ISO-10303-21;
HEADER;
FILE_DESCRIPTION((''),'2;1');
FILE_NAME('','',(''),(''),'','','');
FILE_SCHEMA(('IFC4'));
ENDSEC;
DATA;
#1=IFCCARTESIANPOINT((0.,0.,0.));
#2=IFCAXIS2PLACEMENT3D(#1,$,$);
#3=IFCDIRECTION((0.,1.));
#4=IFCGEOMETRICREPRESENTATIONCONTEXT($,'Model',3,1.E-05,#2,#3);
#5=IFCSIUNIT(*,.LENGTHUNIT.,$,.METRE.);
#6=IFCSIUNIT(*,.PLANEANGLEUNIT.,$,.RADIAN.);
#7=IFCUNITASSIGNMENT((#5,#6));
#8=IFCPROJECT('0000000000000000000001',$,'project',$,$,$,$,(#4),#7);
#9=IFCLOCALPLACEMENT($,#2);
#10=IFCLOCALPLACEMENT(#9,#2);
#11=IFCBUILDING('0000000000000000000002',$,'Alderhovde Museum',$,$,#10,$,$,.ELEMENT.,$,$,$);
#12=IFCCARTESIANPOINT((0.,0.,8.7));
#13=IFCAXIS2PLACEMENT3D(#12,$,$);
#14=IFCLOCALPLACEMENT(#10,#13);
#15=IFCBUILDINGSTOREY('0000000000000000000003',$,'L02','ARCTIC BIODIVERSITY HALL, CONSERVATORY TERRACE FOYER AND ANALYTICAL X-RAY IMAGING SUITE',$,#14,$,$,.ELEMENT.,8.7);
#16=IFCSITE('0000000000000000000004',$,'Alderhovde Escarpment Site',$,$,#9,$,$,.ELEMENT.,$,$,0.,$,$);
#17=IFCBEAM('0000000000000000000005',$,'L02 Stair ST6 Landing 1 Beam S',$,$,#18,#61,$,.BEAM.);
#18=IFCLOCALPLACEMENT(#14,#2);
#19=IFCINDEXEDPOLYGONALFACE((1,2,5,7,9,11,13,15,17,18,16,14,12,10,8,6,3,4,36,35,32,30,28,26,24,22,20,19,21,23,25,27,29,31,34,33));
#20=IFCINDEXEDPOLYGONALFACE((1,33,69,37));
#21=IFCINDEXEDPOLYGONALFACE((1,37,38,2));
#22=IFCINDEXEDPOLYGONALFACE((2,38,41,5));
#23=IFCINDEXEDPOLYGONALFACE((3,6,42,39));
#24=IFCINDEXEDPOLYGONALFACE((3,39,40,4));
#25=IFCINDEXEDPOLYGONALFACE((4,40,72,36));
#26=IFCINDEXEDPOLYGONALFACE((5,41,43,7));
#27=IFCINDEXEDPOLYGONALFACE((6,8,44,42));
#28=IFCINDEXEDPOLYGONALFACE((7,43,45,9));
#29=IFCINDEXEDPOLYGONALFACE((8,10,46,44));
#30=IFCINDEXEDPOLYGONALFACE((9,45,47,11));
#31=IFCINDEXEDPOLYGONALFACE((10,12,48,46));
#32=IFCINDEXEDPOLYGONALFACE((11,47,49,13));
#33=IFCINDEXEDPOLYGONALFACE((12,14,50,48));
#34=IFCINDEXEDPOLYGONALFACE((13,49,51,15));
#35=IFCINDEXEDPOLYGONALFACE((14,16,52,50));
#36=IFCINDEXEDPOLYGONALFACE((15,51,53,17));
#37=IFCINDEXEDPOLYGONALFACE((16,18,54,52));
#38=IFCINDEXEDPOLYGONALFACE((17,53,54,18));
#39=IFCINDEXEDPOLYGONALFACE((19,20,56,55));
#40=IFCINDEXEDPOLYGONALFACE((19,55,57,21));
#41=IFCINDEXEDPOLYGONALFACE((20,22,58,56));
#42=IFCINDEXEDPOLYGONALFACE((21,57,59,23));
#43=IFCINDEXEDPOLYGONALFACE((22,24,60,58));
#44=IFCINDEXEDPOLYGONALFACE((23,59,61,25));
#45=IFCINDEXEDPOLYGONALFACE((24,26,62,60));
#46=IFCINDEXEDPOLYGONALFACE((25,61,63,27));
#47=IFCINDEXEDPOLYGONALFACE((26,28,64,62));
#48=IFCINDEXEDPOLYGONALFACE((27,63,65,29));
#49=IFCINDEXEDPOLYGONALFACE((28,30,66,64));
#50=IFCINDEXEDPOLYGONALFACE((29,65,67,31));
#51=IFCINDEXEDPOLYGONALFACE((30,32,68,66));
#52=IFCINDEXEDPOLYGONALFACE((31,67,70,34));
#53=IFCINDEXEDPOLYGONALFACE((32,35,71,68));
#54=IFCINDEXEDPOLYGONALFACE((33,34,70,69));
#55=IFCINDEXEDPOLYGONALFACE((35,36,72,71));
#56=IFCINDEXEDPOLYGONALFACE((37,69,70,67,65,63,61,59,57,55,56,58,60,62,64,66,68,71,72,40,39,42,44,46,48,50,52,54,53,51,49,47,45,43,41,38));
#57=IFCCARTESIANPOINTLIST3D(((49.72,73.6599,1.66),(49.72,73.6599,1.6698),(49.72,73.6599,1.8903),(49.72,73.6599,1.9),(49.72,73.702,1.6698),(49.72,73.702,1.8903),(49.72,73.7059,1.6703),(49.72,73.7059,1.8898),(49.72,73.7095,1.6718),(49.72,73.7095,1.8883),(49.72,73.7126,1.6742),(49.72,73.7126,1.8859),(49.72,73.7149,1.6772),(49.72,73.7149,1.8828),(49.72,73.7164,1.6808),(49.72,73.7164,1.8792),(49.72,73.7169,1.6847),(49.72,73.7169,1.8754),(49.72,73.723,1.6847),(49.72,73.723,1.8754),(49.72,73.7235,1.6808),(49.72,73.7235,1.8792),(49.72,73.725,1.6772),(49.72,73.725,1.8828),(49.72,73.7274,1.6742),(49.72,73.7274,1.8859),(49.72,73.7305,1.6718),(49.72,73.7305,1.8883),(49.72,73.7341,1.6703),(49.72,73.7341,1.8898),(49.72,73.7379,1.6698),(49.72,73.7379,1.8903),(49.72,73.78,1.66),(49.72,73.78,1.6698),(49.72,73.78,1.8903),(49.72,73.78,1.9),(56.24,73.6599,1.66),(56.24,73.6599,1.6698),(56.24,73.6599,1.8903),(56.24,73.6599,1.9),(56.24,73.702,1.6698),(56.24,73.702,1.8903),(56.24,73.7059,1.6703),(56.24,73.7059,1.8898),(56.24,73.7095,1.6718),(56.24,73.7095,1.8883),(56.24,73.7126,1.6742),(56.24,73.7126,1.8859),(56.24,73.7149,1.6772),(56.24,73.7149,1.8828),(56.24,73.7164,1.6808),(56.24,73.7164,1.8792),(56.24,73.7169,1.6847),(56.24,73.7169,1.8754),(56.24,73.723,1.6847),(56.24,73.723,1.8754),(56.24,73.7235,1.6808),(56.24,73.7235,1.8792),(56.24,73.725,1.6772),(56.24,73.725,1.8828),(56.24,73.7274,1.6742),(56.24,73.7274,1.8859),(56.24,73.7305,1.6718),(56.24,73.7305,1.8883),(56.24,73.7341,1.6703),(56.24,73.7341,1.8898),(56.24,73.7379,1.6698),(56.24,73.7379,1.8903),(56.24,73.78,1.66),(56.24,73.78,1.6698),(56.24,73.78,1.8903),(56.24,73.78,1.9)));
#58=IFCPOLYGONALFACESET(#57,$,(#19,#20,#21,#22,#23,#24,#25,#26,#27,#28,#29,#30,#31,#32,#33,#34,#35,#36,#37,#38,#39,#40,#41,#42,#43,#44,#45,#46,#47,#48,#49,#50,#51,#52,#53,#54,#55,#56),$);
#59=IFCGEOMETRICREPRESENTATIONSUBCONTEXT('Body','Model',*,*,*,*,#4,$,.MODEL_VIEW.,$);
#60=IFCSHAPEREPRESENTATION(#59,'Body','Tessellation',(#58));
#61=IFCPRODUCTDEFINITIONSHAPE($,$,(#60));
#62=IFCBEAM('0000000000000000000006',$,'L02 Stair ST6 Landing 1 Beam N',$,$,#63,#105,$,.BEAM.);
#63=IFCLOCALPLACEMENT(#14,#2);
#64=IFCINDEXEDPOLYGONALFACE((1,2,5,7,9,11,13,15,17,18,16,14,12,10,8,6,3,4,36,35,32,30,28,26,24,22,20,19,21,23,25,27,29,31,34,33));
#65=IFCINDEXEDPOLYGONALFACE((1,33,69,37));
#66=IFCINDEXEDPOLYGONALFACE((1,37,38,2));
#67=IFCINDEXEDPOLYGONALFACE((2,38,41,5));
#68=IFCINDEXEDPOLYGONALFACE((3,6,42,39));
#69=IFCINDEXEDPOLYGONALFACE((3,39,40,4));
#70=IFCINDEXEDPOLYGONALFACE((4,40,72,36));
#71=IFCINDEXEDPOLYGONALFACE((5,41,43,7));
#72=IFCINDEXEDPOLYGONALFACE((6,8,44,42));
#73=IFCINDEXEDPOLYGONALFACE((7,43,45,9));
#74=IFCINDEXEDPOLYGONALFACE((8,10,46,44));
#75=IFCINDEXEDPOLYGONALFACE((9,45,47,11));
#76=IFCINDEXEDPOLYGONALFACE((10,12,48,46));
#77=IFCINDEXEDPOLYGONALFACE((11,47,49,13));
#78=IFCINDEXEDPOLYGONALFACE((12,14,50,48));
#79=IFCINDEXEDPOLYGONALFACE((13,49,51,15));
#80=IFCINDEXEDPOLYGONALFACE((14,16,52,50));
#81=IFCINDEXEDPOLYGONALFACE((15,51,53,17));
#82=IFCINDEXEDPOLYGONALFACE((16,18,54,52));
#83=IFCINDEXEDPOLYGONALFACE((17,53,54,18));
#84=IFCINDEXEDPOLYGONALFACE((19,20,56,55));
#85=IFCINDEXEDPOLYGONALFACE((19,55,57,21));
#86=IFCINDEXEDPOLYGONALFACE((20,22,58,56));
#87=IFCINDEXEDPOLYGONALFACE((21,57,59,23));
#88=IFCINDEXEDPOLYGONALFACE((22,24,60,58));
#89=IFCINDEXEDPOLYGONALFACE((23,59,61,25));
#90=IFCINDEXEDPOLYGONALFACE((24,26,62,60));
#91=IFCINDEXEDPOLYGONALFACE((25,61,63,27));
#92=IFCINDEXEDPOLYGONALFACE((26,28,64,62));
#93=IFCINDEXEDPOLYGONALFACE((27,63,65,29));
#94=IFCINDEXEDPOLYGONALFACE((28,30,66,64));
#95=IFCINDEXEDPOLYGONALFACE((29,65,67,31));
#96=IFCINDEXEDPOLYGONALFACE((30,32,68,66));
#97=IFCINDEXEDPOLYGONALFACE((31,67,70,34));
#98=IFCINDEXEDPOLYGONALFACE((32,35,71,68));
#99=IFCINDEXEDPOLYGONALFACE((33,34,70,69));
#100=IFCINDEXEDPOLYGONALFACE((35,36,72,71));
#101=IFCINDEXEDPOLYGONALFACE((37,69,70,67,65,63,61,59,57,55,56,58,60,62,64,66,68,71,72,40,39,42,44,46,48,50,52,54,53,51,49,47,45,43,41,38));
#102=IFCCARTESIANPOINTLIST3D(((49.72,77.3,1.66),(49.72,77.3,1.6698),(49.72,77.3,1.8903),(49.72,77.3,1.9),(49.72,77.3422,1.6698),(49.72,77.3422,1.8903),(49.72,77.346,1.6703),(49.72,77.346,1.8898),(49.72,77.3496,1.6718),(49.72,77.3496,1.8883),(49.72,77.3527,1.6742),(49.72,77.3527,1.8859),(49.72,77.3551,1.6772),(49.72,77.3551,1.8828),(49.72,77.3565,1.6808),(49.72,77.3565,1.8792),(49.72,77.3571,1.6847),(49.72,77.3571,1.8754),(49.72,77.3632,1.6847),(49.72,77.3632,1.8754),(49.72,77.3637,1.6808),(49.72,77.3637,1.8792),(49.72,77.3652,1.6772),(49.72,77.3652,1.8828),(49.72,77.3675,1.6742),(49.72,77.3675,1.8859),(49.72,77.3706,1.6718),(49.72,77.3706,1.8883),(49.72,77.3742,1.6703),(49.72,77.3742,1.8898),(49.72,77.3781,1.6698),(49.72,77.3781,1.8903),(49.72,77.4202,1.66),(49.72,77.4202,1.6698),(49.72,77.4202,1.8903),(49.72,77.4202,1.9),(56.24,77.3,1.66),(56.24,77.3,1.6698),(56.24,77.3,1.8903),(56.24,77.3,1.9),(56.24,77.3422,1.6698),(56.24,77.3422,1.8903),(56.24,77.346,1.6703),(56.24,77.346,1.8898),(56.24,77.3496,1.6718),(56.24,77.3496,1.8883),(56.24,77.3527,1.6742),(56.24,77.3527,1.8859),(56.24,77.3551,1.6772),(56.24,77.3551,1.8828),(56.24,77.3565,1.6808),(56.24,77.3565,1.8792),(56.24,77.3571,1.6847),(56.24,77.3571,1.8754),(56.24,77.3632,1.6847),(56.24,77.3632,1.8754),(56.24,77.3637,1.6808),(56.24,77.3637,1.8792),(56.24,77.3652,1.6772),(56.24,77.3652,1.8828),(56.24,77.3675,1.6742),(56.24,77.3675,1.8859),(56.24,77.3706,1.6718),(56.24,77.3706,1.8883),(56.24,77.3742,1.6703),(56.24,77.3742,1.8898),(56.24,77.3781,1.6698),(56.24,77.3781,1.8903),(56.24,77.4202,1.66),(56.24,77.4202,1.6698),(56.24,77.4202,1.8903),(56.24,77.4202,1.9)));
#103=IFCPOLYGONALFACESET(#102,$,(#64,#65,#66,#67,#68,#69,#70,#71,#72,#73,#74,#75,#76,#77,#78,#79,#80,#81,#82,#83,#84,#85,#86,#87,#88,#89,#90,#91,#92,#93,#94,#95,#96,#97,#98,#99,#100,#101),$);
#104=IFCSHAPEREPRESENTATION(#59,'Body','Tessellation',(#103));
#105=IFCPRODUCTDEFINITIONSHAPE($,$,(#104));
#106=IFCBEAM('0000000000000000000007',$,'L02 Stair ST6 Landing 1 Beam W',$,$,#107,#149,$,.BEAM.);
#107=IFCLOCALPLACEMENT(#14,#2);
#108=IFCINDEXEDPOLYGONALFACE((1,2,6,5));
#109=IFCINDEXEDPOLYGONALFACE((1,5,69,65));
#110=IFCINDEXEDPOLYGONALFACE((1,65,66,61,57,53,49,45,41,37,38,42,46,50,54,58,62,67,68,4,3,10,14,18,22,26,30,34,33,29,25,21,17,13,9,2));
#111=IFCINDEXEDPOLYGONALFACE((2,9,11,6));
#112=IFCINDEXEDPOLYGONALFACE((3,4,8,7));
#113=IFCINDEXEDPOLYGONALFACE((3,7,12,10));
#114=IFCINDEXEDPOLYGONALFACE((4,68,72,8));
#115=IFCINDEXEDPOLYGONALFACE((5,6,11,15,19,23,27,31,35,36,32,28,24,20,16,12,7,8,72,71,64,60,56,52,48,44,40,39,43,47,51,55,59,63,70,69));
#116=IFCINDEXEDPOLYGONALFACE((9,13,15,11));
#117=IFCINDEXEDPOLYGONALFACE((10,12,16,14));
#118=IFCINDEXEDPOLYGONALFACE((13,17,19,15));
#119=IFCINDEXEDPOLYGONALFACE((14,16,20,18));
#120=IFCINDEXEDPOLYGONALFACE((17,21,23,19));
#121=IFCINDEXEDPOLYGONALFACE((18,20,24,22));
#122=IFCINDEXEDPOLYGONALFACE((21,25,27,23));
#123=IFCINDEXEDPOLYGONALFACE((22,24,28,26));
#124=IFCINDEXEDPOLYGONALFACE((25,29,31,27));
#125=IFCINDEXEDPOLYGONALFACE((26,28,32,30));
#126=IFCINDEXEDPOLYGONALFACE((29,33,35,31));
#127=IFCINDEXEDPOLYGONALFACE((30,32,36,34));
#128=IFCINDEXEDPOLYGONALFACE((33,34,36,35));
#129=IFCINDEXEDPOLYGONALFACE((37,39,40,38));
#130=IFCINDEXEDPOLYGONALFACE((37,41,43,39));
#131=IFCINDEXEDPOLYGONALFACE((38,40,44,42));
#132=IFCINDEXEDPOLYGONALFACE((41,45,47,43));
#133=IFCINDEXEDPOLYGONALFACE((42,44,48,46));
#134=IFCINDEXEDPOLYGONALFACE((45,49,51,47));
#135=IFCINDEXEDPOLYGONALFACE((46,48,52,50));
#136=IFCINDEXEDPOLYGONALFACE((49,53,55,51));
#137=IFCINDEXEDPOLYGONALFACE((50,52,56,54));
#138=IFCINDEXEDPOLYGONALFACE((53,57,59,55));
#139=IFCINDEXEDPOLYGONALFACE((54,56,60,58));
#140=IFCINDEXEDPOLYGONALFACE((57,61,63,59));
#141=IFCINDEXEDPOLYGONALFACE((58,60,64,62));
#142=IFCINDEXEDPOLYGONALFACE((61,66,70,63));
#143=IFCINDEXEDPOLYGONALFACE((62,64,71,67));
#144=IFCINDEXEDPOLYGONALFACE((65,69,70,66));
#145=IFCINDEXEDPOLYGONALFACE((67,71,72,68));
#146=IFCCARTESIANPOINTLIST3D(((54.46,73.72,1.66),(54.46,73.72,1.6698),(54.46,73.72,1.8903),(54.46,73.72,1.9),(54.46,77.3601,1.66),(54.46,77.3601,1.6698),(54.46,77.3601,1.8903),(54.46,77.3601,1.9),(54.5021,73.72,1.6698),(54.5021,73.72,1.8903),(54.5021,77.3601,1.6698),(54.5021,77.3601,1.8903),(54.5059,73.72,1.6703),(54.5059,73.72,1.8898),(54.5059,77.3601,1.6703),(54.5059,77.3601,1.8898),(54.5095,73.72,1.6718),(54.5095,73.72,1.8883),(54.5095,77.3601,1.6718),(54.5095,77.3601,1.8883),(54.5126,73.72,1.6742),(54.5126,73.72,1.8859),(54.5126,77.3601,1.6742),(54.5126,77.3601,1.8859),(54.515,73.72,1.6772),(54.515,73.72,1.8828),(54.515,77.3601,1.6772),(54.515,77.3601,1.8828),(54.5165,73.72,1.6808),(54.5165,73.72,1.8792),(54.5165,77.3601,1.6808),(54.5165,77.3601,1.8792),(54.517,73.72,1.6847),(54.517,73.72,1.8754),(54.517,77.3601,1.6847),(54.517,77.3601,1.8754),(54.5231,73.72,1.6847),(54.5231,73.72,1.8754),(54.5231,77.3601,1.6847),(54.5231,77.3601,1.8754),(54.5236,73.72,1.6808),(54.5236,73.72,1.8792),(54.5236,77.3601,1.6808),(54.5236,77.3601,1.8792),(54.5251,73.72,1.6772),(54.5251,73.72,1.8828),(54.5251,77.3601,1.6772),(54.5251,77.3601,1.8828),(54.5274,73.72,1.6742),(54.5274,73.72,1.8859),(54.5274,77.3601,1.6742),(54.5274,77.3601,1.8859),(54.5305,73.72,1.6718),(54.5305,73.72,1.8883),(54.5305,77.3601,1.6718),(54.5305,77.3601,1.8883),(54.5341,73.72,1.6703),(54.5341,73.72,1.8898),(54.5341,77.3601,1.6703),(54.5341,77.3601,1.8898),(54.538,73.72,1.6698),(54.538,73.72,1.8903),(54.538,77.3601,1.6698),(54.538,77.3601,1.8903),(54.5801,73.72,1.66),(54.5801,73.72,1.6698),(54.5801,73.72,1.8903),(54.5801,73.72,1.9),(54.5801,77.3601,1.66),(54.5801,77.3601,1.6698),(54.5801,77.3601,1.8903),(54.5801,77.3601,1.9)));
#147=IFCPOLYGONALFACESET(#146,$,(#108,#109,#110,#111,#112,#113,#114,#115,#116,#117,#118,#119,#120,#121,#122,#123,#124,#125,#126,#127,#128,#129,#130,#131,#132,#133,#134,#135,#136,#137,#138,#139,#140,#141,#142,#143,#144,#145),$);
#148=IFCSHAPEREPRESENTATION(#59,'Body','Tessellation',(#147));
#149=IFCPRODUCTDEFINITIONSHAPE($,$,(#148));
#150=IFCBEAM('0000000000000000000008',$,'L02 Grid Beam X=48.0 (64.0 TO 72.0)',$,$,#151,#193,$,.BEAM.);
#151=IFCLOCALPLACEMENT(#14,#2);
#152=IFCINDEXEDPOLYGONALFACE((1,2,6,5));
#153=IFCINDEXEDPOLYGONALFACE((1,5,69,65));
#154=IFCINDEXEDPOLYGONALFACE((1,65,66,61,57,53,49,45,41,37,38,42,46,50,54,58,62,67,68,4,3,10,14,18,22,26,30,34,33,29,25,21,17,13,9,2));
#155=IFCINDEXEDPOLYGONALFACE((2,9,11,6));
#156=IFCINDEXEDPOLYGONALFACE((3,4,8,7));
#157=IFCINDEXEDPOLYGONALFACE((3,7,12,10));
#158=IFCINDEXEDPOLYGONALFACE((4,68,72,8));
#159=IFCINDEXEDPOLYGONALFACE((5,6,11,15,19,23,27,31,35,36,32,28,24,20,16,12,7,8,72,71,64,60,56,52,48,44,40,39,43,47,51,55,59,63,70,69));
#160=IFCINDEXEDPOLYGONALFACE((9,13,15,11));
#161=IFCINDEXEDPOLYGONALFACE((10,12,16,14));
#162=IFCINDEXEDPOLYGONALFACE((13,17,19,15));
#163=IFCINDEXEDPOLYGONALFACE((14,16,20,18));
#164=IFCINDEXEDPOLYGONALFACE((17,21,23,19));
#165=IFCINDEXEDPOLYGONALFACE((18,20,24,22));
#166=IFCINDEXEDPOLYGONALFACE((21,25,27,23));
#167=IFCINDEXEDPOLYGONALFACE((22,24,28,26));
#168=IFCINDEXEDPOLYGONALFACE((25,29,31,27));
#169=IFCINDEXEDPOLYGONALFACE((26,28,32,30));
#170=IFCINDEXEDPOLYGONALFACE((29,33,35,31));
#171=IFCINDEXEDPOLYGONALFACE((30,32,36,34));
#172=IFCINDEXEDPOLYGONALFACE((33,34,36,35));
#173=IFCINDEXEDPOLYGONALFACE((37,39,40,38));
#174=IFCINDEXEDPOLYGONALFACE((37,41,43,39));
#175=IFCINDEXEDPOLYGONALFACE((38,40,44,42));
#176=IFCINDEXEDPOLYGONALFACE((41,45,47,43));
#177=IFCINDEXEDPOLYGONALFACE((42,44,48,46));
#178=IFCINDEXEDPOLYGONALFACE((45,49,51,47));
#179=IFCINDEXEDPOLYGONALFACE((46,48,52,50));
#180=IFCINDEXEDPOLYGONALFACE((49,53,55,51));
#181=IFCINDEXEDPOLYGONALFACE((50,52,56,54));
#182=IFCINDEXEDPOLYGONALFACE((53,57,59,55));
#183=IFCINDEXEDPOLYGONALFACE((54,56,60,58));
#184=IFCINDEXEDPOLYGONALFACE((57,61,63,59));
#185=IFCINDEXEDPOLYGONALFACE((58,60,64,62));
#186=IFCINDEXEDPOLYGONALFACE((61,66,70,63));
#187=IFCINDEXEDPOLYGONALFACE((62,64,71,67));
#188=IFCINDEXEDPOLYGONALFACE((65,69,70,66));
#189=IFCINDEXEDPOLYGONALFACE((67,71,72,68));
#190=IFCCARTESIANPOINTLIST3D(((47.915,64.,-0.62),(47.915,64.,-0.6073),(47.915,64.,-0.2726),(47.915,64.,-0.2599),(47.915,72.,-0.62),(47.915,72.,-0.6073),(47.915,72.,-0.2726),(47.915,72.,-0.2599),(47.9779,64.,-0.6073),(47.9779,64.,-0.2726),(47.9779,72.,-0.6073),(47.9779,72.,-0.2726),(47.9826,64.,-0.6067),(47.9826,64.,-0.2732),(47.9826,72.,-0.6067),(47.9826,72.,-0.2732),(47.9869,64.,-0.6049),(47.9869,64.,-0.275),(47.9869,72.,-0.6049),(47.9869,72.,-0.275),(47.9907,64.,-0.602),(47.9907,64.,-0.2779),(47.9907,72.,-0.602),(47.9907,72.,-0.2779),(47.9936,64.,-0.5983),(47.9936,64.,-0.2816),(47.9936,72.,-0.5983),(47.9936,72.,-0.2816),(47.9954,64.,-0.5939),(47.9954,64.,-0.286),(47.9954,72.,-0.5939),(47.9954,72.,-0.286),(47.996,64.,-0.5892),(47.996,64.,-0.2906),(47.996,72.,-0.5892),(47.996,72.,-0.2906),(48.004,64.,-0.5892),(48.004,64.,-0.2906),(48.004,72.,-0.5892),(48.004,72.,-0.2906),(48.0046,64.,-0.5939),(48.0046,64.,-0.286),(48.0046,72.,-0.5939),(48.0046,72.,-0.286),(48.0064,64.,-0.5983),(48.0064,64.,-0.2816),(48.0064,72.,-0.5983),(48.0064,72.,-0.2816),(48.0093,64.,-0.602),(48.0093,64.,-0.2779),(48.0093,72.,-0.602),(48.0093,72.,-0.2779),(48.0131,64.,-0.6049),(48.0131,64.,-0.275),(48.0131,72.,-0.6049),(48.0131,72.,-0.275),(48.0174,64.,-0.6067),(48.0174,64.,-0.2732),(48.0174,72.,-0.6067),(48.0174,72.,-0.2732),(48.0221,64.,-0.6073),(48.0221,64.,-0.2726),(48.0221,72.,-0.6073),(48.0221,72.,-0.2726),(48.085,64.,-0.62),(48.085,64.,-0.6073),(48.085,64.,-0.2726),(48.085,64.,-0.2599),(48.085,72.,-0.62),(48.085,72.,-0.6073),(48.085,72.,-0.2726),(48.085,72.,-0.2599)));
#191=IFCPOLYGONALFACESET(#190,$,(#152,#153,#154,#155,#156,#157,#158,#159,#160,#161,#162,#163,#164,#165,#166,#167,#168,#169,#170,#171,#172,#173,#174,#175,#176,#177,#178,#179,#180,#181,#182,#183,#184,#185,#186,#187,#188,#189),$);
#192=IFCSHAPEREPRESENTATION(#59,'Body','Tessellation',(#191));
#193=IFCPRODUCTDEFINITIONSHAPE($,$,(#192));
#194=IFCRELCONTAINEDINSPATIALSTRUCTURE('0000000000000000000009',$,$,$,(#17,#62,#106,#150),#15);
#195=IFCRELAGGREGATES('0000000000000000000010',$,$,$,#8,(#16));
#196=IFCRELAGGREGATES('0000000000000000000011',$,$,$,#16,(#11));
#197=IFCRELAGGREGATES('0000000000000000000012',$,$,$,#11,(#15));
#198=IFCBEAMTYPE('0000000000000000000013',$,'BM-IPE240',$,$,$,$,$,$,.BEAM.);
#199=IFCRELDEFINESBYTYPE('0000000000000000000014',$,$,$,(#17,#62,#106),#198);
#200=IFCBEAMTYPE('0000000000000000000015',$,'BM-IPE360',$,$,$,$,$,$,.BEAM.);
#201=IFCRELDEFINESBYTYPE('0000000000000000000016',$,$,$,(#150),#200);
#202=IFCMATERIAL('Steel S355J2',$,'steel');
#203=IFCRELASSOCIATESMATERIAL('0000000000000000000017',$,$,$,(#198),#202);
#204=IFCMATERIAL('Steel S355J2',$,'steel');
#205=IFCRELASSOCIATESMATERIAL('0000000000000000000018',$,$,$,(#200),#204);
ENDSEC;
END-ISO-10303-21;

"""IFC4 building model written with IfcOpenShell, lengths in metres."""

from ifc_helpers import new_model, si_unit, direction, frame, origin, origin_2d, place, context, subcontext, project, spatial, i_section, extrude, material, material_profile, profile_set, type_object, element, save


model = new_model("IFC4")

# Units and contexts
model_context = context("Model", 3, precision=1e-05, world=origin(), true_north=direction((0.0, 1.0)))
body_context = subcontext(model_context, "Body", "Model", "MODEL_VIEW")
ifc_project = project(units=[si_unit("LENGTHUNIT", "METRE"), si_unit("PLANEANGLEUNIT", "RADIAN")], contexts=[model_context])

# Site, building, storey
site_placement = place(None, origin())
site = spatial("IfcSite", under=ifc_project, at=site_placement, Name="Alderhovde Escarpment Site", CompositionType="ELEMENT", RefElevation=0.0)
building_placement = place(site_placement, origin())
building = spatial("IfcBuilding", under=site, at=building_placement, Name="Alderhovde Museum", CompositionType="ELEMENT")
storey_placement = place(building_placement, frame((0.0, 0.0, 8.7)))
storey = spatial("IfcBuildingStorey", under=building, at=storey_placement, Name="L02", Description="ARCTIC BIODIVERSITY HALL, CONSERVATORY TERRACE FOYER AND ANALYTICAL X-RAY IMAGING SUITE", CompositionType="ELEMENT", Elevation=8.7)

# Beams
ifc_material_1 = material(Name="Steel S355J2", Category="steel")
ifc_material_profile_1 = material_profile(ifc_material_1, i_section(OverallWidth=0.1201, OverallDepth=0.24, WebThickness=0.0061, FlangeThickness=0.0098, FilletRadius=0.0149, at=origin_2d()), Name="IPE 240")
ifc_profile_set_1 = profile_set([ifc_material_profile_1], Name="Steel S355J2")
beam_type_1 = type_object("IfcBeamType", Name="BM-IPE240", PredefinedType="BEAM", material=ifc_profile_set_1)
for number, where, z_axis, x_axis, name in (
    (1, (49.72, 73.72, 1.78), (1.0, 0.0, 0.0), (0.0, 1.0, 0.0), "L02 Stair ST6 Landing 1 Beam S"),
    (2, (49.72, 77.3601, 1.78), (1.0, 0.0, 0.0), (0.0, 1.0, 0.0), "L02 Stair ST6 Landing 1 Beam N"),
):
    element("IfcBeam", number, at=place(storey_placement, frame(where, z_axis=z_axis, x_axis=x_axis)), inside=storey, type_object=beam_type_1, Name=name, PredefinedType="BEAM", context=body_context, shape_type="SweptSolid", body=[
        extrude(i_section(OverallWidth=0.1201, OverallDepth=0.24, WebThickness=0.0061, FlangeThickness=0.0098, FilletRadius=0.0149, at=origin_2d()), origin(), (0.0, 0.0, 1.0), 6.52),
    ])
beam_1_placement = place(storey_placement, frame((54.52, 73.72, 1.78), z_axis=(0.0, 1.0, 0.0), x_axis=(-1.0, 0.0, 0.0)))
element("IfcBeam", 3, at=beam_1_placement, inside=storey, type_object=beam_type_1, Name="L02 Stair ST6 Landing 1 Beam W", PredefinedType="BEAM", context=body_context, shape_type="SweptSolid", body=[
    extrude(i_section(OverallWidth=0.1201, OverallDepth=0.24, WebThickness=0.0061, FlangeThickness=0.0098, FilletRadius=0.0149, at=origin_2d()), origin(), (0.0, 0.0, 1.0), 3.6401),
])
ifc_material_2 = material(Name="Steel S355J2", Category="steel")
ifc_material_profile_2 = material_profile(ifc_material_2, i_section(OverallWidth=0.1699, OverallDepth=0.3601, WebThickness=0.0081, FlangeThickness=0.0127, FilletRadius=0.0181, at=origin_2d()), Name="IPE 360")
ifc_profile_set_2 = profile_set([ifc_material_profile_2], Name="Steel S355J2")
beam_type_2 = type_object("IfcBeamType", Name="BM-IPE360", PredefinedType="BEAM", material=ifc_profile_set_2)
for number, where, z_axis, x_axis, name in (
    (4, (48.0, 64.0, -0.4399), (0.0, 1.0, 0.0), (-1.0, 0.0, 0.0), "L02 Grid Beam X=48.0 (64.0 TO 72.0)"),
):
    element("IfcBeam", number, at=place(storey_placement, frame(where, z_axis=z_axis, x_axis=x_axis)), inside=storey, type_object=beam_type_2, Name=name, PredefinedType="BEAM", context=body_context, shape_type="SweptSolid", body=[
        extrude(i_section(OverallWidth=0.1699, OverallDepth=0.3601, WebThickness=0.0081, FlangeThickness=0.0127, FilletRadius=0.0181, at=origin_2d()), origin(), (0.0, 0.0, 1.0), 8.0),
    ])

save(model, "model.ifc")
